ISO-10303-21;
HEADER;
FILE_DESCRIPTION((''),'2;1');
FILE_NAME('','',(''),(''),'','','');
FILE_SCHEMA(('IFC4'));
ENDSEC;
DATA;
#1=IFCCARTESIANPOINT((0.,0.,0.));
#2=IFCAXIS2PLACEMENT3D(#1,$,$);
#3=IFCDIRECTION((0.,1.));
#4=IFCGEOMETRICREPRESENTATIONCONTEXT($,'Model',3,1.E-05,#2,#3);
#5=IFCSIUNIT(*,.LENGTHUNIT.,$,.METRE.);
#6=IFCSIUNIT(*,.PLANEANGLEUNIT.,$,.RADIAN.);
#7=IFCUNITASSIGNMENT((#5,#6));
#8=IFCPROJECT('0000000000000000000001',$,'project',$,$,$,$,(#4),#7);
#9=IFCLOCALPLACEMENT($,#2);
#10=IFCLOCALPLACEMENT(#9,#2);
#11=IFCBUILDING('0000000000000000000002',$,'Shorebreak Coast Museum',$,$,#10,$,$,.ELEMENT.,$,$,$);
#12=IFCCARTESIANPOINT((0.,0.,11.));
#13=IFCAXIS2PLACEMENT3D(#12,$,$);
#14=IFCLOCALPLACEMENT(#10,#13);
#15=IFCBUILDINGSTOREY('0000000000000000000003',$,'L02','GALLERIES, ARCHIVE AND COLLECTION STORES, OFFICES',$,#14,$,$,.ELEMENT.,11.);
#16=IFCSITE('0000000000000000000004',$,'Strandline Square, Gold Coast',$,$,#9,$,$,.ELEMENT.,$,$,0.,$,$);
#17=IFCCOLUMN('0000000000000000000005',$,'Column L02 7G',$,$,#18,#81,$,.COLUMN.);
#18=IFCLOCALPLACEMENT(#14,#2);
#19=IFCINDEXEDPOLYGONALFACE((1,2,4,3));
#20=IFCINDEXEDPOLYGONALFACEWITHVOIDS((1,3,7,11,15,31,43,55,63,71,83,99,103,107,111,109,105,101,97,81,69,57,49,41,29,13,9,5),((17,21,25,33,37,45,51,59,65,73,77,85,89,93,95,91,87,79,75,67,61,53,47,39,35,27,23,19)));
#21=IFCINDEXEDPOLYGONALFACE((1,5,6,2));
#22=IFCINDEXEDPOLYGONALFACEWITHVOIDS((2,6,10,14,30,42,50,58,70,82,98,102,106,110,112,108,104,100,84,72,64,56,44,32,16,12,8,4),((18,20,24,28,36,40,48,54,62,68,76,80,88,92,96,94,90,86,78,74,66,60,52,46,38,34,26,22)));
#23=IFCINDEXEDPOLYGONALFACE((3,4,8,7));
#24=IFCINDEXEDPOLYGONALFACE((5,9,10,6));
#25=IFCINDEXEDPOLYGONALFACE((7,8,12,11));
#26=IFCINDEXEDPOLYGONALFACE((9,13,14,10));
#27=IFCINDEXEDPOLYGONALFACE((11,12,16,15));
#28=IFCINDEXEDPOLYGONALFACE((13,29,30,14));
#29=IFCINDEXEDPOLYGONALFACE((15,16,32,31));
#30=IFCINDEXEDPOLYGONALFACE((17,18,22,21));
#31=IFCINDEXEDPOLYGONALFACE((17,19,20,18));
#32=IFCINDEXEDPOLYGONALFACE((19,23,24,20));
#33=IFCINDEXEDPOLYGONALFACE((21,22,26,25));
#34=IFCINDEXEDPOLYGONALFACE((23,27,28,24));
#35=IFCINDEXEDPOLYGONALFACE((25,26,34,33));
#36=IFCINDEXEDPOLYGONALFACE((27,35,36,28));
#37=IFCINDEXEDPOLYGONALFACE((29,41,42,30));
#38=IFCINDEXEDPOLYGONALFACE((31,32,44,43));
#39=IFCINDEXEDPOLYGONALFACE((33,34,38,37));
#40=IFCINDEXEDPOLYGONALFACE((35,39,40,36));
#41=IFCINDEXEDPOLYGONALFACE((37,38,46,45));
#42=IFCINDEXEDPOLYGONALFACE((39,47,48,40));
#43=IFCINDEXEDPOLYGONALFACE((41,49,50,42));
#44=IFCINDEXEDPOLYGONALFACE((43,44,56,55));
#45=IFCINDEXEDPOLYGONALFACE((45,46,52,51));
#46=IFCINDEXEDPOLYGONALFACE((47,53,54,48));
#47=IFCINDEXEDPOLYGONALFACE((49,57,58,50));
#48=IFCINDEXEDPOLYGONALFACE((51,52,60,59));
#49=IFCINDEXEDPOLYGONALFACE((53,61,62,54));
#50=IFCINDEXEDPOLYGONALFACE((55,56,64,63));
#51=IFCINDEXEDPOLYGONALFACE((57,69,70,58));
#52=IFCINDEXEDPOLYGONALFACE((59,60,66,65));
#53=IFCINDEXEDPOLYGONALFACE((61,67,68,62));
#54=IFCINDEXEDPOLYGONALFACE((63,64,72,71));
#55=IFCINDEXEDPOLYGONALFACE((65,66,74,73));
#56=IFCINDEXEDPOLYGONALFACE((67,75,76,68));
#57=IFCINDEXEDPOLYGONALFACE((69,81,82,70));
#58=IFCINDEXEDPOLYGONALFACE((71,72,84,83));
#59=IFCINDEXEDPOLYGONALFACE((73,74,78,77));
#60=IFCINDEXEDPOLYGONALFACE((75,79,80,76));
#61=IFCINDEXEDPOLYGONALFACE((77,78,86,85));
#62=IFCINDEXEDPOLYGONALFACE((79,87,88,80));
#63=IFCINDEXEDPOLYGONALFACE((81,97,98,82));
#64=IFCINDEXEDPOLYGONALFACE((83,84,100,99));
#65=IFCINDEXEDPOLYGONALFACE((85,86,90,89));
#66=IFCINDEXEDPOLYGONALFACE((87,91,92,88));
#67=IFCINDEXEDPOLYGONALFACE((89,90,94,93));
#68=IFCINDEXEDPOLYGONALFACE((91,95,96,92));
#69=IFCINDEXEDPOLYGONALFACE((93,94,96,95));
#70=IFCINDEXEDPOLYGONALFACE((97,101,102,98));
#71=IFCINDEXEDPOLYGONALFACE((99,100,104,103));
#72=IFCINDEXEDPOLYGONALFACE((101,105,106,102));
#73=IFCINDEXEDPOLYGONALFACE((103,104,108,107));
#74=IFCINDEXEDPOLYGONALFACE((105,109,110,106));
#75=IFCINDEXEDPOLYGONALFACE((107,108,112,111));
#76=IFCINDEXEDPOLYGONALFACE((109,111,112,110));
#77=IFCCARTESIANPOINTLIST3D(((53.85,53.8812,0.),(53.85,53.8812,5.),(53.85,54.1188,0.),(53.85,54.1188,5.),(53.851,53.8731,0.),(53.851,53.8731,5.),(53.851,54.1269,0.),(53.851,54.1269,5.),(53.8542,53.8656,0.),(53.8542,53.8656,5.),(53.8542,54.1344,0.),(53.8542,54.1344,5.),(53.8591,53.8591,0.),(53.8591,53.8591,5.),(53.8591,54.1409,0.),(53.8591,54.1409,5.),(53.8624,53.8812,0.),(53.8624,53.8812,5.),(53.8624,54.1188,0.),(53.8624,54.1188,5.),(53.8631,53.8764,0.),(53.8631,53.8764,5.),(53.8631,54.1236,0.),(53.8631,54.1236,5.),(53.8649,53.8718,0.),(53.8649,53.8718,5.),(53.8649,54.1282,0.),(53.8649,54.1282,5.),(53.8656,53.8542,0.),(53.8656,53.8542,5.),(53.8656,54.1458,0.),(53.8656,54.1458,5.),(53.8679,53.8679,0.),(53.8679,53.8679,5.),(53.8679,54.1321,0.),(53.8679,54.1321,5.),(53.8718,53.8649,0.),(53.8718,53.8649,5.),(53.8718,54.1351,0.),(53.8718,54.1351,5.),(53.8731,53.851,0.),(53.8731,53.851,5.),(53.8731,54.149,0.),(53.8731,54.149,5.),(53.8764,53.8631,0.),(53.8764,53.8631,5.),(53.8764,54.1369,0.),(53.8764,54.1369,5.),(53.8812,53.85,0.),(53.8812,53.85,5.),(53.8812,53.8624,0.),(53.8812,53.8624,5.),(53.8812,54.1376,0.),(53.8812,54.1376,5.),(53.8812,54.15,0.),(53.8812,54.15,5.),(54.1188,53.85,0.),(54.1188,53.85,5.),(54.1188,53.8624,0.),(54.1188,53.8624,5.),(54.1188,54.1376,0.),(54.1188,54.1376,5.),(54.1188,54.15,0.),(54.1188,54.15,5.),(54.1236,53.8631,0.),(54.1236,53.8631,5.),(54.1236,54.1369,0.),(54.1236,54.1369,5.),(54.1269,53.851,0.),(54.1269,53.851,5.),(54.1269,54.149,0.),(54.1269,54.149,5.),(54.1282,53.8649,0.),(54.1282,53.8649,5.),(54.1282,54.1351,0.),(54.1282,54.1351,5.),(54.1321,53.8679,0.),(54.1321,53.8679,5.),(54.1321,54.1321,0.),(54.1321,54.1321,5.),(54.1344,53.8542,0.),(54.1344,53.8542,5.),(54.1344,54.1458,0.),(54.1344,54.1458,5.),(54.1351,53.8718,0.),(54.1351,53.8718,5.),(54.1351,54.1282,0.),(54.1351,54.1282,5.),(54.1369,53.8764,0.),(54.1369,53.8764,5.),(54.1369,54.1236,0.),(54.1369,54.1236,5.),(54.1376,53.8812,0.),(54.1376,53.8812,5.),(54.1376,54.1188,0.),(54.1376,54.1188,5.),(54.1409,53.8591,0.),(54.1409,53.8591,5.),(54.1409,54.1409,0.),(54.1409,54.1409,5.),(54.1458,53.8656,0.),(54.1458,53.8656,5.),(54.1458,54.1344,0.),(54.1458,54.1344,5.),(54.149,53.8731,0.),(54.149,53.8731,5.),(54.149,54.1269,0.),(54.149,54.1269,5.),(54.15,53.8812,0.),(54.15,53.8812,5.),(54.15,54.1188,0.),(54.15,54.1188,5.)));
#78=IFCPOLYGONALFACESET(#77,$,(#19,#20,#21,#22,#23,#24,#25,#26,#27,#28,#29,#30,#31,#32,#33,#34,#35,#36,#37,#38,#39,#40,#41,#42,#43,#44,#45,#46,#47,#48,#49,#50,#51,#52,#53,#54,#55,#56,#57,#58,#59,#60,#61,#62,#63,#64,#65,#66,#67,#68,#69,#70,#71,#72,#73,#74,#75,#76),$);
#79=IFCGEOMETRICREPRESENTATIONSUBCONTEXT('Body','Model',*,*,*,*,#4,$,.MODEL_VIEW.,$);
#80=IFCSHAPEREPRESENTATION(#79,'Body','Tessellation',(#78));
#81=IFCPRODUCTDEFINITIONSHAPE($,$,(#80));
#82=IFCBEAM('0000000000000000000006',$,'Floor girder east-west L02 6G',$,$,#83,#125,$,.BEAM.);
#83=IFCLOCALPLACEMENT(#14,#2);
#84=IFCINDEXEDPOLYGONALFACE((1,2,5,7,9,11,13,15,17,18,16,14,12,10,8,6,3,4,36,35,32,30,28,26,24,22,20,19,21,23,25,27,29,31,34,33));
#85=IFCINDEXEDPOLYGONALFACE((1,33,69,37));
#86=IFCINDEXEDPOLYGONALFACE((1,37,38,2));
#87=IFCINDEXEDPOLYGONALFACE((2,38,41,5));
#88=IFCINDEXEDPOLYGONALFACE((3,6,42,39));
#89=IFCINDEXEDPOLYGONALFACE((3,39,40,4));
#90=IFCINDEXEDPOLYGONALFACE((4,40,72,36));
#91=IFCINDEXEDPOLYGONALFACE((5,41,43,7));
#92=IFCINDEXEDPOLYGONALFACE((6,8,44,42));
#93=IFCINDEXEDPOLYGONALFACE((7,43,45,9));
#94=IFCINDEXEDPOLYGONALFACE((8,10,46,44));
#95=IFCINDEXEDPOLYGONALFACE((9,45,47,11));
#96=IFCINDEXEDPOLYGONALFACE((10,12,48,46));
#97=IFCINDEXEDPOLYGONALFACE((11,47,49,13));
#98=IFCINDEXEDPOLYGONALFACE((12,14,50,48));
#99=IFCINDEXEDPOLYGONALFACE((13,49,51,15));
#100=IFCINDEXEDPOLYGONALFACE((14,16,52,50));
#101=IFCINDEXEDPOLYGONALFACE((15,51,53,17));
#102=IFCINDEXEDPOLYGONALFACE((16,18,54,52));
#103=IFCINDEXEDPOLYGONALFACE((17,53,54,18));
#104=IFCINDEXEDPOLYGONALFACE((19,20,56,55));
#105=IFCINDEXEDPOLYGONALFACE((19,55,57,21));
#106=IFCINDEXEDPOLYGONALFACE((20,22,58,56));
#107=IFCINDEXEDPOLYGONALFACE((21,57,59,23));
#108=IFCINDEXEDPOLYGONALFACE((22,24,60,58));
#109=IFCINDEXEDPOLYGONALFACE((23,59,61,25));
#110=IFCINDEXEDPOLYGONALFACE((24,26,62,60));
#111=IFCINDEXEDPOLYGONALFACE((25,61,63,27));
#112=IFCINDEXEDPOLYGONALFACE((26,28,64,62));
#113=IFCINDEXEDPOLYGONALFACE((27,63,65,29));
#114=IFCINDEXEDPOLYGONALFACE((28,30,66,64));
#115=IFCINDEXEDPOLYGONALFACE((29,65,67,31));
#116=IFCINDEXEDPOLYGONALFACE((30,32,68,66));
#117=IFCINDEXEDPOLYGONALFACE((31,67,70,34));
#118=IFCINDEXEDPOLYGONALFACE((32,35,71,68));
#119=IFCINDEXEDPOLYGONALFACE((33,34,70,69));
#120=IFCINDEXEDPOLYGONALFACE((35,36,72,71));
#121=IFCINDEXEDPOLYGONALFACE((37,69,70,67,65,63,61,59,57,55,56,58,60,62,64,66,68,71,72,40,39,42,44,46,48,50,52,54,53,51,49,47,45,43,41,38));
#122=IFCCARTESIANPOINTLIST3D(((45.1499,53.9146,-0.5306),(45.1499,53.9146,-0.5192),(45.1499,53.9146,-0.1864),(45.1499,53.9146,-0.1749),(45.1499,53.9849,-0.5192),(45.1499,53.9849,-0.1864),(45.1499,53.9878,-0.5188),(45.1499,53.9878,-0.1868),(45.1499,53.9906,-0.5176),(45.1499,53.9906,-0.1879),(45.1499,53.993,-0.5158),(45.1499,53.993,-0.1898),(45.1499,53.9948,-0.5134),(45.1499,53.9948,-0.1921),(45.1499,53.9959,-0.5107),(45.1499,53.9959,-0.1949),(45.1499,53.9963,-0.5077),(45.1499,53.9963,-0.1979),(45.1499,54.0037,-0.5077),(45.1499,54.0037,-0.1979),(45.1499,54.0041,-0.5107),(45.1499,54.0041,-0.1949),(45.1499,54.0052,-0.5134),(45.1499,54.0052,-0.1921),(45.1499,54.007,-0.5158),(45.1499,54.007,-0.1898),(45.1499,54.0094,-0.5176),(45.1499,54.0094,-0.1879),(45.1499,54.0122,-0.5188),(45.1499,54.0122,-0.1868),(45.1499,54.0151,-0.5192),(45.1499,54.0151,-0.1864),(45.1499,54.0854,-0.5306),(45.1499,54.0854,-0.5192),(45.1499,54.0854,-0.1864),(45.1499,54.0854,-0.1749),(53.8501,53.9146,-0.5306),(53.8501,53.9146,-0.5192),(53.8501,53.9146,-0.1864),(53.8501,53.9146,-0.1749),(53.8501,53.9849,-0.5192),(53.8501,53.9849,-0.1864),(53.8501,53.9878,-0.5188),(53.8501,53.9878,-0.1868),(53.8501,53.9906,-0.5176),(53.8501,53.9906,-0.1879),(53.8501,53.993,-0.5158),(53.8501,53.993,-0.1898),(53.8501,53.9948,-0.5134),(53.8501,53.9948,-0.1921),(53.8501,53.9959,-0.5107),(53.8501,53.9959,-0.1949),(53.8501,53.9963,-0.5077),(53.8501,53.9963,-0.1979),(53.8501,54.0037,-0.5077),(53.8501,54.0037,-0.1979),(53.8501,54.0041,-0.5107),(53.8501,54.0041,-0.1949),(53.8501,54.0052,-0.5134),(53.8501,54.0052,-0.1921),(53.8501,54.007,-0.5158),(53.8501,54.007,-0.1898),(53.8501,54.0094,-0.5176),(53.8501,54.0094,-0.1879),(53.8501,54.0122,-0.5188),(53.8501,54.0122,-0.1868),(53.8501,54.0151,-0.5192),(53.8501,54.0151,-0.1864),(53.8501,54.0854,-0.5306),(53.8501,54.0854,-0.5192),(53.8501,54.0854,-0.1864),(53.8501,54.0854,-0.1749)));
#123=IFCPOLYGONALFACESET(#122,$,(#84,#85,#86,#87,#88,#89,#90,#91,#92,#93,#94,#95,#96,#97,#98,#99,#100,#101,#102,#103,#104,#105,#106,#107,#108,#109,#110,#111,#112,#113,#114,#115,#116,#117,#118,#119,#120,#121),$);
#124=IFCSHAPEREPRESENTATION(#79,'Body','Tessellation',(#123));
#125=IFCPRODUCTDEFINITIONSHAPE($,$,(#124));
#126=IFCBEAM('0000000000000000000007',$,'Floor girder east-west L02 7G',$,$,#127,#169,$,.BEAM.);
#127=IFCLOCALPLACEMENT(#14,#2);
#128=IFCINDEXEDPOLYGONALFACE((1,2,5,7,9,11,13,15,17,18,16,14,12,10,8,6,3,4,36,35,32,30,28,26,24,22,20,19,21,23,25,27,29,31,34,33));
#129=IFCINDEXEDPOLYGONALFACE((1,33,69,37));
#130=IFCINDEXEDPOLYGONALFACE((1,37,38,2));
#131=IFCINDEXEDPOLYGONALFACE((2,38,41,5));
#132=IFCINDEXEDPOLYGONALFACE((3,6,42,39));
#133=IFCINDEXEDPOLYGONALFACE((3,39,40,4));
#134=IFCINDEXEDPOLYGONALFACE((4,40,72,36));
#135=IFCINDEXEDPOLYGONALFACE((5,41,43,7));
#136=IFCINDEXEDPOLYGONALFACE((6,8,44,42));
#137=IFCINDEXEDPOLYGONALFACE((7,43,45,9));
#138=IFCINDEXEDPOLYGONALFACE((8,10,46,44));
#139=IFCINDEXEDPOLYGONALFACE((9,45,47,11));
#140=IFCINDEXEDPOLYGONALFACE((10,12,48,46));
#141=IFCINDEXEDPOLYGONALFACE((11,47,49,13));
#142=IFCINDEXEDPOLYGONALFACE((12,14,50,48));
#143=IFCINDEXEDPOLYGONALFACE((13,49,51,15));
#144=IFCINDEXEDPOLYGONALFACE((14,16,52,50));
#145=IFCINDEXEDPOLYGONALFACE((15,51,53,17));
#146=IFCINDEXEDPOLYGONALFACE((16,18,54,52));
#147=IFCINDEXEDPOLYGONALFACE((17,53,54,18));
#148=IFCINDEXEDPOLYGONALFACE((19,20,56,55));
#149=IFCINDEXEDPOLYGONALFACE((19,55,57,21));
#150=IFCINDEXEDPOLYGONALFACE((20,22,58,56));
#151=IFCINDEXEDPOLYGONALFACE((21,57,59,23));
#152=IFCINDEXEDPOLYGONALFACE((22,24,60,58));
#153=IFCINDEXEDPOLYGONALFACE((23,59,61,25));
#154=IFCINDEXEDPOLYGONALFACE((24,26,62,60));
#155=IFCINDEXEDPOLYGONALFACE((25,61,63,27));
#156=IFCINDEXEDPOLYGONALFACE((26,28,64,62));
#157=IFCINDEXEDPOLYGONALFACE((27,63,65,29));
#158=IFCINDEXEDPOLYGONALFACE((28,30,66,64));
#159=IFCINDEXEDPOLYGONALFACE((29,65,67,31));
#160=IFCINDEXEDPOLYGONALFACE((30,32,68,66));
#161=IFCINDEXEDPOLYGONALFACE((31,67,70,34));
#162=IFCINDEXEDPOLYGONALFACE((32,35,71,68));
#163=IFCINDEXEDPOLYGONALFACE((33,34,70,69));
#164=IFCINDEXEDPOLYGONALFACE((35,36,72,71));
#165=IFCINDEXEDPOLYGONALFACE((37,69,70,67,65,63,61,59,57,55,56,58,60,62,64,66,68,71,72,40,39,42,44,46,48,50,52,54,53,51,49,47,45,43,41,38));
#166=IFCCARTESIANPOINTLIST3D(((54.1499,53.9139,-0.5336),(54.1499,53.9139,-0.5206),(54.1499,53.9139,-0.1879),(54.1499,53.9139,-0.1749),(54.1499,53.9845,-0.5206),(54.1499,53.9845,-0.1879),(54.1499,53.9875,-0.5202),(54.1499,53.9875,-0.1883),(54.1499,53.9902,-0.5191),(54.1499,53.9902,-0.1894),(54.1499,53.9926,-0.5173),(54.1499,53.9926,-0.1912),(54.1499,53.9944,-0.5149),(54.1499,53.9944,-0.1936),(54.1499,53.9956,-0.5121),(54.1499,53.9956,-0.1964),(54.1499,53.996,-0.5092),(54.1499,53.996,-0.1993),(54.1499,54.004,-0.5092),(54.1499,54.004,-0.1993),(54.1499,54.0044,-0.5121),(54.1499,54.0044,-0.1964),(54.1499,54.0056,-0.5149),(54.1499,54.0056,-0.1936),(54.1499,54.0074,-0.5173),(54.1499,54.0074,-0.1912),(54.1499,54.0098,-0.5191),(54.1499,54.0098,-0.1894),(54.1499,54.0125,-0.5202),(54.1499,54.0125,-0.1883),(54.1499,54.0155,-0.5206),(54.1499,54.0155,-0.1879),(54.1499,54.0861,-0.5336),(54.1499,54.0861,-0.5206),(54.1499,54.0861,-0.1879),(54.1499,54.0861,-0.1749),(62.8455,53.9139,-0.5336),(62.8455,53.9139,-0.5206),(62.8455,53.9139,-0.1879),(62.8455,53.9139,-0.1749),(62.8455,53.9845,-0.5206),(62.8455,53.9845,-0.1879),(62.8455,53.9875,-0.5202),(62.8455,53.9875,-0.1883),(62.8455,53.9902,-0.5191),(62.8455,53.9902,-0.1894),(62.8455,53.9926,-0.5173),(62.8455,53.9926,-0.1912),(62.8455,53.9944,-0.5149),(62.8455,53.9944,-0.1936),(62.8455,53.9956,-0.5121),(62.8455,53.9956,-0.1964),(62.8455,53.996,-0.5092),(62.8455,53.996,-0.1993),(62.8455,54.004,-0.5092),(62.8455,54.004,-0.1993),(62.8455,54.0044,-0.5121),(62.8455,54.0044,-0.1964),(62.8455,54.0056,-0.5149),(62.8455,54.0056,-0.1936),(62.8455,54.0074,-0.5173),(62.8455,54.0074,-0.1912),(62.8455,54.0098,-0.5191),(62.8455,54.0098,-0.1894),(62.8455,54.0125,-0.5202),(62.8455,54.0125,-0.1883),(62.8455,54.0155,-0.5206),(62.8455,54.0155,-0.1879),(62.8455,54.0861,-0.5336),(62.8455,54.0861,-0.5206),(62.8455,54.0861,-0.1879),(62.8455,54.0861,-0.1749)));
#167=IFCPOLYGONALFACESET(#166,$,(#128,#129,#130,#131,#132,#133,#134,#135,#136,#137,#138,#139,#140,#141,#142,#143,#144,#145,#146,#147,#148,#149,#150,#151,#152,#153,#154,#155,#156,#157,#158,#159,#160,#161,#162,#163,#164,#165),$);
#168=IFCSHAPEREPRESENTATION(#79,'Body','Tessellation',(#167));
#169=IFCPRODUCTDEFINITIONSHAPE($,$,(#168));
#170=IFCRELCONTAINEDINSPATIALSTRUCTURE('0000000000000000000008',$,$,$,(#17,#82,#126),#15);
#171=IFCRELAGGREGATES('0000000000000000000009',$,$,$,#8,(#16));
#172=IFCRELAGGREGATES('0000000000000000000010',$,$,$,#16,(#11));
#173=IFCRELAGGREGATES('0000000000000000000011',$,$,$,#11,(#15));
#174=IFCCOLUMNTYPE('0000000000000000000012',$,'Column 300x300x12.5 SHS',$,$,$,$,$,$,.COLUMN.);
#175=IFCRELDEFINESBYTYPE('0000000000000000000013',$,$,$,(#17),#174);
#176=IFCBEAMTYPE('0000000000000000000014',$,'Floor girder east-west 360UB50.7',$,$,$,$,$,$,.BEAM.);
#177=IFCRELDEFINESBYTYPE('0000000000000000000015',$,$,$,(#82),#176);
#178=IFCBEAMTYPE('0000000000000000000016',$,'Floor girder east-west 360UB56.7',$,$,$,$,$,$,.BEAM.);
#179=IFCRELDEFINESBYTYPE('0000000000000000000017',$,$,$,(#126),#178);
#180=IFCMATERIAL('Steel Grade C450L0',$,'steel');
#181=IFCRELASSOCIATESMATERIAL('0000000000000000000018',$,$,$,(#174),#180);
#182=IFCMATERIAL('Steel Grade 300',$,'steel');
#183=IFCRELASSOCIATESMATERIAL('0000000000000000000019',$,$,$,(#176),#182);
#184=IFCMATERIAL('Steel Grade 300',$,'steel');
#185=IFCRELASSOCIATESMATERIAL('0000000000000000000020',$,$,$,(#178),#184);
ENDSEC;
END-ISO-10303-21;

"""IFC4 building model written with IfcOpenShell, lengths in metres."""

from ifc_helpers import new_model, si_unit, direction, frame, origin, origin_2d, place, context, subcontext, project, spatial, hollow_rectangle, i_section, extrude, material, material_profile, profile_set, type_object, element, save


model = new_model("IFC4")

# Units and contexts
model_context = context("Model", 3, precision=1e-05, world=origin(), true_north=direction((0.0, 1.0)))
body_context = subcontext(model_context, "Body", "Model", "MODEL_VIEW")
ifc_project = project(units=[si_unit("LENGTHUNIT", "METRE"), si_unit("PLANEANGLEUNIT", "RADIAN")], contexts=[model_context])

# Site, building, storey
site_placement = place(None, origin())
site = spatial("IfcSite", under=ifc_project, at=site_placement, Name="Strandline Square, Gold Coast", CompositionType="ELEMENT", RefElevation=0.0)
building_placement = place(site_placement, origin())
building = spatial("IfcBuilding", under=site, at=building_placement, Name="Shorebreak Coast Museum", CompositionType="ELEMENT")
storey_placement = place(building_placement, frame((0.0, 0.0, 11.0)))
storey = spatial("IfcBuildingStorey", under=building, at=storey_placement, Name="L02", Description="GALLERIES, ARCHIVE AND COLLECTION STORES, OFFICES", CompositionType="ELEMENT", Elevation=11.0)

# Column
ifc_material_1 = material(Name="Steel Grade C450L0", Category="steel")
ifc_material_profile_1 = material_profile(ifc_material_1, hollow_rectangle(XDim=0.3, YDim=0.3, WallThickness=0.0125, InnerFilletRadius=0.0188, OuterFilletRadius=0.0312, at=origin_2d()), Name="300x300x12.5 SHS")
ifc_profile_set_1 = profile_set([ifc_material_profile_1], Name="Steel Grade C450L0")
column_type = type_object("IfcColumnType", Name="Column 300x300x12.5 SHS", PredefinedType="COLUMN", material=ifc_profile_set_1)
column_placement = place(storey_placement, frame((54.0, 54.0, 0.0), z_axis=(0.0, 0.0, 1.0), x_axis=(1.0, 0.0, 0.0)))
element("IfcColumn", 1, at=column_placement, inside=storey, type_object=column_type, Name="Column L02 7G", PredefinedType="COLUMN", context=body_context, shape_type="SweptSolid", body=[
    extrude(hollow_rectangle(XDim=0.3, YDim=0.3, WallThickness=0.0125, InnerFilletRadius=0.0188, OuterFilletRadius=0.0312, at=origin_2d()), origin(), (0.0, 0.0, 1.0), 5.0),
])

# Beams
ifc_material_2 = material(Name="Steel Grade 300", Category="steel")
ifc_material_profile_2 = material_profile(ifc_material_2, i_section(OverallWidth=0.1709, OverallDepth=0.3557, WebThickness=0.0073, FlangeThickness=0.0115, FilletRadius=0.0115, at=origin_2d()), Name="360UB50.7")
ifc_profile_set_2 = profile_set([ifc_material_profile_2], Name="Steel Grade 300")
beam_type_1 = type_object("IfcBeamType", Name="Floor girder east-west 360UB50.7", PredefinedType="BEAM", material=ifc_profile_set_2)
beam_1_placement = place(storey_placement, frame((45.1499, 54.0, -0.3528), z_axis=(1.0, 0.0, 0.0), x_axis=(0.0, 1.0, 0.0)))
element("IfcBeam", 2, at=beam_1_placement, inside=storey, type_object=beam_type_1, Name="Floor girder east-west L02 6G", PredefinedType="BEAM", context=body_context, shape_type="SweptSolid", body=[
    extrude(i_section(OverallWidth=0.1709, OverallDepth=0.3557, WebThickness=0.0073, FlangeThickness=0.0115, FilletRadius=0.0115, at=origin_2d()), origin(), (0.0, 0.0, 1.0), 8.7002),
])
ifc_material_3 = material(Name="Steel Grade 300", Category="steel")
ifc_material_profile_3 = material_profile(ifc_material_3, i_section(OverallWidth=0.1721, OverallDepth=0.3586, WebThickness=0.0081, FlangeThickness=0.0129, FilletRadius=0.0115, at=origin_2d()), Name="360UB56.7")
ifc_profile_set_3 = profile_set([ifc_material_profile_3], Name="Steel Grade 300")
beam_type_2 = type_object("IfcBeamType", Name="Floor girder east-west 360UB56.7", PredefinedType="BEAM", material=ifc_profile_set_3)
beam_2_placement = place(storey_placement, frame((54.1499, 54.0, -0.3542), z_axis=(1.0, 0.0, 0.0), x_axis=(0.0, 1.0, 0.0)))
element("IfcBeam", 3, at=beam_2_placement, inside=storey, type_object=beam_type_2, Name="Floor girder east-west L02 7G", PredefinedType="BEAM", context=body_context, shape_type="SweptSolid", body=[
    extrude(i_section(OverallWidth=0.1721, OverallDepth=0.3586, WebThickness=0.0081, FlangeThickness=0.0129, FilletRadius=0.0115, at=origin_2d()), origin(), (0.0, 0.0, 1.0), 8.6956),
])

save(model, "model.ifc")
